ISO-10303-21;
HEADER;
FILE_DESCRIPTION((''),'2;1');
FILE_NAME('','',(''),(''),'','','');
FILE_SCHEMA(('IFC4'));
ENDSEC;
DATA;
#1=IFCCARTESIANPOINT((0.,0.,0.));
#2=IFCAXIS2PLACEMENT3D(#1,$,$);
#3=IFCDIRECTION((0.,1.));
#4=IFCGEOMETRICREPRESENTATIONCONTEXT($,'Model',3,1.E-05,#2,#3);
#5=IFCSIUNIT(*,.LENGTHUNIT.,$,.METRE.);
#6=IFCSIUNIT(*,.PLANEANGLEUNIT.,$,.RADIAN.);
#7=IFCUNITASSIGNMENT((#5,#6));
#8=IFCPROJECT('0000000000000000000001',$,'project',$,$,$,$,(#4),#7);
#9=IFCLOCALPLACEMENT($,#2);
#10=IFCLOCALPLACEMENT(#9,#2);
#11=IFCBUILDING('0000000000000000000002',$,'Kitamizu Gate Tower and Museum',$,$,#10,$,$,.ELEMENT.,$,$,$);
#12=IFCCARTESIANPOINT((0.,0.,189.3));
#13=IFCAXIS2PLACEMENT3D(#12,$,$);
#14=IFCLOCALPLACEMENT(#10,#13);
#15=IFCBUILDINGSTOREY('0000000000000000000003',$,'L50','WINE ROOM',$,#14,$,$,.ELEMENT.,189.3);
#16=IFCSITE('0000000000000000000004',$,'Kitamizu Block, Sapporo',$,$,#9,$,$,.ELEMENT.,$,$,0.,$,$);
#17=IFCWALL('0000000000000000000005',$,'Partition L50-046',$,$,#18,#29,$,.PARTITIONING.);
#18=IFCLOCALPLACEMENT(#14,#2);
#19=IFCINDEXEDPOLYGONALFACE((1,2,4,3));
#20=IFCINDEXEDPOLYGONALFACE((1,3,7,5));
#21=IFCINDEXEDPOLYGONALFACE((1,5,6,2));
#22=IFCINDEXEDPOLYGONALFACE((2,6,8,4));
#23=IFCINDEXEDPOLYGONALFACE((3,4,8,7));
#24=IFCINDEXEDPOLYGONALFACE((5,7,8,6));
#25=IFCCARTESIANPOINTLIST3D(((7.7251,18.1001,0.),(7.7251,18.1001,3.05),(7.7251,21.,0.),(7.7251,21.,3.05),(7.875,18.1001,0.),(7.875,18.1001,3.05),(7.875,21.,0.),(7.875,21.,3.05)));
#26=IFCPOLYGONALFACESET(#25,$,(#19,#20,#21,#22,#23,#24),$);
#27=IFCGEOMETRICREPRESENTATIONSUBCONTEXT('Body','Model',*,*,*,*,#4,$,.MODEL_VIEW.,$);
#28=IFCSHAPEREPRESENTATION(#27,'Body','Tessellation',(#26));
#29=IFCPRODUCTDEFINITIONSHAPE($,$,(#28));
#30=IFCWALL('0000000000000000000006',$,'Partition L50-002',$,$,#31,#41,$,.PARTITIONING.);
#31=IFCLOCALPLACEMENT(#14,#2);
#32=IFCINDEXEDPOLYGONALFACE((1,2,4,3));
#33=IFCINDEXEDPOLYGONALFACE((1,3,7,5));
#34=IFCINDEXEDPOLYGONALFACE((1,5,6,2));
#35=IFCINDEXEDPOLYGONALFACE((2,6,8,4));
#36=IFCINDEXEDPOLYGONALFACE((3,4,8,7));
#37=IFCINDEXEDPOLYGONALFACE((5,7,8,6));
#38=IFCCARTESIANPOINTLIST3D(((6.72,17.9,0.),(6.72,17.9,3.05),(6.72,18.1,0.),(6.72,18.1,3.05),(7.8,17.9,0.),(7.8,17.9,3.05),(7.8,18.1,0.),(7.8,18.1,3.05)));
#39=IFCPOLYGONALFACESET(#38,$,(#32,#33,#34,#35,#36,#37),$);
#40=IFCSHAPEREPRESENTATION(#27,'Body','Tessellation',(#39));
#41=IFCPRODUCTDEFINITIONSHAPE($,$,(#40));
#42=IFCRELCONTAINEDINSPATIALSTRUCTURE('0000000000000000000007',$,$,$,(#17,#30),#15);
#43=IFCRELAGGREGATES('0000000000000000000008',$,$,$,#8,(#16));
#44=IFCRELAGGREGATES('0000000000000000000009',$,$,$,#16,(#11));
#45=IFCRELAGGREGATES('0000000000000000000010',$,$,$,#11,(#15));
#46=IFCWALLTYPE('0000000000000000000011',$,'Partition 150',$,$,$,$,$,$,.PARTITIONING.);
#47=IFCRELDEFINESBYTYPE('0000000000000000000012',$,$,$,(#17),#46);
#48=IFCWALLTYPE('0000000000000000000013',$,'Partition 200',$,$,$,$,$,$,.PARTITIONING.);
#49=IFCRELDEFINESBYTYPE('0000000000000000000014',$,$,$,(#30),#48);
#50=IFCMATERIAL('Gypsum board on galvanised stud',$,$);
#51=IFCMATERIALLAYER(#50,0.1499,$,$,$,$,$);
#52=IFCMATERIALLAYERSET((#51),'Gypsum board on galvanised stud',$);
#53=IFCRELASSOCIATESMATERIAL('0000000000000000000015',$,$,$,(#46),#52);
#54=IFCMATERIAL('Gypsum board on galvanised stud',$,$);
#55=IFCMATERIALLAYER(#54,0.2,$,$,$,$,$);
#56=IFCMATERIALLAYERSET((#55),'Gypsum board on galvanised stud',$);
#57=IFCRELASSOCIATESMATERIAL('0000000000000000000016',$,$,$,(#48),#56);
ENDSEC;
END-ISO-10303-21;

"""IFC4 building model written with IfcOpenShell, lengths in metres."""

from ifc_helpers import new_model, si_unit, direction, frame, frame_2d, origin, place, context, subcontext, project, spatial, rectangle, extrude, material, layer, layer_set, type_object, element, save


model = new_model("IFC4")

# Units and contexts
model_context = context("Model", 3, precision=1e-05, world=origin(), true_north=direction((0.0, 1.0)))
body_context = subcontext(model_context, "Body", "Model", "MODEL_VIEW")
ifc_project = project(units=[si_unit("LENGTHUNIT", "METRE"), si_unit("PLANEANGLEUNIT", "RADIAN")], contexts=[model_context])

# Site, building, storey
site_placement = place(None, origin())
site = spatial("IfcSite", under=ifc_project, at=site_placement, Name="Kitamizu Block, Sapporo", CompositionType="ELEMENT", RefElevation=0.0)
building_placement = place(site_placement, origin())
building = spatial("IfcBuilding", under=site, at=building_placement, Name="Kitamizu Gate Tower and Museum", CompositionType="ELEMENT")
storey_placement = place(building_placement, frame((0.0, 0.0, 189.3)))
storey = spatial("IfcBuildingStorey", under=building, at=storey_placement, Name="L50", Description="WINE ROOM", CompositionType="ELEMENT", Elevation=189.3)

# Walls
ifc_material_1 = material(Name="Gypsum board on galvanised stud")
ifc_layer_1 = layer(ifc_material_1, 0.1499)
ifc_layer_set_1 = layer_set([ifc_layer_1], Name="Gypsum board on galvanised stud")
wall_type_1 = type_object("IfcWallType", Name="Partition 150", PredefinedType="PARTITIONING", material=ifc_layer_set_1)
wall_1_placement = place(storey_placement, frame((7.8, 18.1001, 0.0), z_axis=(0.0, 0.0, 1.0), x_axis=(0.0, 1.0, 0.0)))
element("IfcWall", 1, at=wall_1_placement, inside=storey, type_object=wall_type_1, Name="Partition L50-046", PredefinedType="PARTITIONING", context=body_context, shape_type="SweptSolid", body=[
    extrude(rectangle(XDim=2.8999, YDim=0.1499, at=frame_2d((1.45, 0.0))), origin(), (0.0, 0.0, 1.0), 3.05),
])
ifc_material_2 = material(Name="Gypsum board on galvanised stud")
ifc_layer_2 = layer(ifc_material_2, 0.2)
ifc_layer_set_2 = layer_set([ifc_layer_2], Name="Gypsum board on galvanised stud")
wall_type_2 = type_object("IfcWallType", Name="Partition 200", PredefinedType="PARTITIONING", material=ifc_layer_set_2)
wall_2_placement = place(storey_placement, frame((7.8, 18.0, 0.0), z_axis=(0.0, 0.0, 1.0), x_axis=(-1.0, 0.0, 0.0)))
element("IfcWall", 2, at=wall_2_placement, inside=storey, type_object=wall_type_2, Name="Partition L50-002", PredefinedType="PARTITIONING", context=body_context, shape_type="SweptSolid", body=[
    extrude(rectangle(XDim=1.0801, YDim=0.2, at=frame_2d((0.54, 0.0))), origin(), (0.0, 0.0, 1.0), 3.05),
])

save(model, "model.ifc")
